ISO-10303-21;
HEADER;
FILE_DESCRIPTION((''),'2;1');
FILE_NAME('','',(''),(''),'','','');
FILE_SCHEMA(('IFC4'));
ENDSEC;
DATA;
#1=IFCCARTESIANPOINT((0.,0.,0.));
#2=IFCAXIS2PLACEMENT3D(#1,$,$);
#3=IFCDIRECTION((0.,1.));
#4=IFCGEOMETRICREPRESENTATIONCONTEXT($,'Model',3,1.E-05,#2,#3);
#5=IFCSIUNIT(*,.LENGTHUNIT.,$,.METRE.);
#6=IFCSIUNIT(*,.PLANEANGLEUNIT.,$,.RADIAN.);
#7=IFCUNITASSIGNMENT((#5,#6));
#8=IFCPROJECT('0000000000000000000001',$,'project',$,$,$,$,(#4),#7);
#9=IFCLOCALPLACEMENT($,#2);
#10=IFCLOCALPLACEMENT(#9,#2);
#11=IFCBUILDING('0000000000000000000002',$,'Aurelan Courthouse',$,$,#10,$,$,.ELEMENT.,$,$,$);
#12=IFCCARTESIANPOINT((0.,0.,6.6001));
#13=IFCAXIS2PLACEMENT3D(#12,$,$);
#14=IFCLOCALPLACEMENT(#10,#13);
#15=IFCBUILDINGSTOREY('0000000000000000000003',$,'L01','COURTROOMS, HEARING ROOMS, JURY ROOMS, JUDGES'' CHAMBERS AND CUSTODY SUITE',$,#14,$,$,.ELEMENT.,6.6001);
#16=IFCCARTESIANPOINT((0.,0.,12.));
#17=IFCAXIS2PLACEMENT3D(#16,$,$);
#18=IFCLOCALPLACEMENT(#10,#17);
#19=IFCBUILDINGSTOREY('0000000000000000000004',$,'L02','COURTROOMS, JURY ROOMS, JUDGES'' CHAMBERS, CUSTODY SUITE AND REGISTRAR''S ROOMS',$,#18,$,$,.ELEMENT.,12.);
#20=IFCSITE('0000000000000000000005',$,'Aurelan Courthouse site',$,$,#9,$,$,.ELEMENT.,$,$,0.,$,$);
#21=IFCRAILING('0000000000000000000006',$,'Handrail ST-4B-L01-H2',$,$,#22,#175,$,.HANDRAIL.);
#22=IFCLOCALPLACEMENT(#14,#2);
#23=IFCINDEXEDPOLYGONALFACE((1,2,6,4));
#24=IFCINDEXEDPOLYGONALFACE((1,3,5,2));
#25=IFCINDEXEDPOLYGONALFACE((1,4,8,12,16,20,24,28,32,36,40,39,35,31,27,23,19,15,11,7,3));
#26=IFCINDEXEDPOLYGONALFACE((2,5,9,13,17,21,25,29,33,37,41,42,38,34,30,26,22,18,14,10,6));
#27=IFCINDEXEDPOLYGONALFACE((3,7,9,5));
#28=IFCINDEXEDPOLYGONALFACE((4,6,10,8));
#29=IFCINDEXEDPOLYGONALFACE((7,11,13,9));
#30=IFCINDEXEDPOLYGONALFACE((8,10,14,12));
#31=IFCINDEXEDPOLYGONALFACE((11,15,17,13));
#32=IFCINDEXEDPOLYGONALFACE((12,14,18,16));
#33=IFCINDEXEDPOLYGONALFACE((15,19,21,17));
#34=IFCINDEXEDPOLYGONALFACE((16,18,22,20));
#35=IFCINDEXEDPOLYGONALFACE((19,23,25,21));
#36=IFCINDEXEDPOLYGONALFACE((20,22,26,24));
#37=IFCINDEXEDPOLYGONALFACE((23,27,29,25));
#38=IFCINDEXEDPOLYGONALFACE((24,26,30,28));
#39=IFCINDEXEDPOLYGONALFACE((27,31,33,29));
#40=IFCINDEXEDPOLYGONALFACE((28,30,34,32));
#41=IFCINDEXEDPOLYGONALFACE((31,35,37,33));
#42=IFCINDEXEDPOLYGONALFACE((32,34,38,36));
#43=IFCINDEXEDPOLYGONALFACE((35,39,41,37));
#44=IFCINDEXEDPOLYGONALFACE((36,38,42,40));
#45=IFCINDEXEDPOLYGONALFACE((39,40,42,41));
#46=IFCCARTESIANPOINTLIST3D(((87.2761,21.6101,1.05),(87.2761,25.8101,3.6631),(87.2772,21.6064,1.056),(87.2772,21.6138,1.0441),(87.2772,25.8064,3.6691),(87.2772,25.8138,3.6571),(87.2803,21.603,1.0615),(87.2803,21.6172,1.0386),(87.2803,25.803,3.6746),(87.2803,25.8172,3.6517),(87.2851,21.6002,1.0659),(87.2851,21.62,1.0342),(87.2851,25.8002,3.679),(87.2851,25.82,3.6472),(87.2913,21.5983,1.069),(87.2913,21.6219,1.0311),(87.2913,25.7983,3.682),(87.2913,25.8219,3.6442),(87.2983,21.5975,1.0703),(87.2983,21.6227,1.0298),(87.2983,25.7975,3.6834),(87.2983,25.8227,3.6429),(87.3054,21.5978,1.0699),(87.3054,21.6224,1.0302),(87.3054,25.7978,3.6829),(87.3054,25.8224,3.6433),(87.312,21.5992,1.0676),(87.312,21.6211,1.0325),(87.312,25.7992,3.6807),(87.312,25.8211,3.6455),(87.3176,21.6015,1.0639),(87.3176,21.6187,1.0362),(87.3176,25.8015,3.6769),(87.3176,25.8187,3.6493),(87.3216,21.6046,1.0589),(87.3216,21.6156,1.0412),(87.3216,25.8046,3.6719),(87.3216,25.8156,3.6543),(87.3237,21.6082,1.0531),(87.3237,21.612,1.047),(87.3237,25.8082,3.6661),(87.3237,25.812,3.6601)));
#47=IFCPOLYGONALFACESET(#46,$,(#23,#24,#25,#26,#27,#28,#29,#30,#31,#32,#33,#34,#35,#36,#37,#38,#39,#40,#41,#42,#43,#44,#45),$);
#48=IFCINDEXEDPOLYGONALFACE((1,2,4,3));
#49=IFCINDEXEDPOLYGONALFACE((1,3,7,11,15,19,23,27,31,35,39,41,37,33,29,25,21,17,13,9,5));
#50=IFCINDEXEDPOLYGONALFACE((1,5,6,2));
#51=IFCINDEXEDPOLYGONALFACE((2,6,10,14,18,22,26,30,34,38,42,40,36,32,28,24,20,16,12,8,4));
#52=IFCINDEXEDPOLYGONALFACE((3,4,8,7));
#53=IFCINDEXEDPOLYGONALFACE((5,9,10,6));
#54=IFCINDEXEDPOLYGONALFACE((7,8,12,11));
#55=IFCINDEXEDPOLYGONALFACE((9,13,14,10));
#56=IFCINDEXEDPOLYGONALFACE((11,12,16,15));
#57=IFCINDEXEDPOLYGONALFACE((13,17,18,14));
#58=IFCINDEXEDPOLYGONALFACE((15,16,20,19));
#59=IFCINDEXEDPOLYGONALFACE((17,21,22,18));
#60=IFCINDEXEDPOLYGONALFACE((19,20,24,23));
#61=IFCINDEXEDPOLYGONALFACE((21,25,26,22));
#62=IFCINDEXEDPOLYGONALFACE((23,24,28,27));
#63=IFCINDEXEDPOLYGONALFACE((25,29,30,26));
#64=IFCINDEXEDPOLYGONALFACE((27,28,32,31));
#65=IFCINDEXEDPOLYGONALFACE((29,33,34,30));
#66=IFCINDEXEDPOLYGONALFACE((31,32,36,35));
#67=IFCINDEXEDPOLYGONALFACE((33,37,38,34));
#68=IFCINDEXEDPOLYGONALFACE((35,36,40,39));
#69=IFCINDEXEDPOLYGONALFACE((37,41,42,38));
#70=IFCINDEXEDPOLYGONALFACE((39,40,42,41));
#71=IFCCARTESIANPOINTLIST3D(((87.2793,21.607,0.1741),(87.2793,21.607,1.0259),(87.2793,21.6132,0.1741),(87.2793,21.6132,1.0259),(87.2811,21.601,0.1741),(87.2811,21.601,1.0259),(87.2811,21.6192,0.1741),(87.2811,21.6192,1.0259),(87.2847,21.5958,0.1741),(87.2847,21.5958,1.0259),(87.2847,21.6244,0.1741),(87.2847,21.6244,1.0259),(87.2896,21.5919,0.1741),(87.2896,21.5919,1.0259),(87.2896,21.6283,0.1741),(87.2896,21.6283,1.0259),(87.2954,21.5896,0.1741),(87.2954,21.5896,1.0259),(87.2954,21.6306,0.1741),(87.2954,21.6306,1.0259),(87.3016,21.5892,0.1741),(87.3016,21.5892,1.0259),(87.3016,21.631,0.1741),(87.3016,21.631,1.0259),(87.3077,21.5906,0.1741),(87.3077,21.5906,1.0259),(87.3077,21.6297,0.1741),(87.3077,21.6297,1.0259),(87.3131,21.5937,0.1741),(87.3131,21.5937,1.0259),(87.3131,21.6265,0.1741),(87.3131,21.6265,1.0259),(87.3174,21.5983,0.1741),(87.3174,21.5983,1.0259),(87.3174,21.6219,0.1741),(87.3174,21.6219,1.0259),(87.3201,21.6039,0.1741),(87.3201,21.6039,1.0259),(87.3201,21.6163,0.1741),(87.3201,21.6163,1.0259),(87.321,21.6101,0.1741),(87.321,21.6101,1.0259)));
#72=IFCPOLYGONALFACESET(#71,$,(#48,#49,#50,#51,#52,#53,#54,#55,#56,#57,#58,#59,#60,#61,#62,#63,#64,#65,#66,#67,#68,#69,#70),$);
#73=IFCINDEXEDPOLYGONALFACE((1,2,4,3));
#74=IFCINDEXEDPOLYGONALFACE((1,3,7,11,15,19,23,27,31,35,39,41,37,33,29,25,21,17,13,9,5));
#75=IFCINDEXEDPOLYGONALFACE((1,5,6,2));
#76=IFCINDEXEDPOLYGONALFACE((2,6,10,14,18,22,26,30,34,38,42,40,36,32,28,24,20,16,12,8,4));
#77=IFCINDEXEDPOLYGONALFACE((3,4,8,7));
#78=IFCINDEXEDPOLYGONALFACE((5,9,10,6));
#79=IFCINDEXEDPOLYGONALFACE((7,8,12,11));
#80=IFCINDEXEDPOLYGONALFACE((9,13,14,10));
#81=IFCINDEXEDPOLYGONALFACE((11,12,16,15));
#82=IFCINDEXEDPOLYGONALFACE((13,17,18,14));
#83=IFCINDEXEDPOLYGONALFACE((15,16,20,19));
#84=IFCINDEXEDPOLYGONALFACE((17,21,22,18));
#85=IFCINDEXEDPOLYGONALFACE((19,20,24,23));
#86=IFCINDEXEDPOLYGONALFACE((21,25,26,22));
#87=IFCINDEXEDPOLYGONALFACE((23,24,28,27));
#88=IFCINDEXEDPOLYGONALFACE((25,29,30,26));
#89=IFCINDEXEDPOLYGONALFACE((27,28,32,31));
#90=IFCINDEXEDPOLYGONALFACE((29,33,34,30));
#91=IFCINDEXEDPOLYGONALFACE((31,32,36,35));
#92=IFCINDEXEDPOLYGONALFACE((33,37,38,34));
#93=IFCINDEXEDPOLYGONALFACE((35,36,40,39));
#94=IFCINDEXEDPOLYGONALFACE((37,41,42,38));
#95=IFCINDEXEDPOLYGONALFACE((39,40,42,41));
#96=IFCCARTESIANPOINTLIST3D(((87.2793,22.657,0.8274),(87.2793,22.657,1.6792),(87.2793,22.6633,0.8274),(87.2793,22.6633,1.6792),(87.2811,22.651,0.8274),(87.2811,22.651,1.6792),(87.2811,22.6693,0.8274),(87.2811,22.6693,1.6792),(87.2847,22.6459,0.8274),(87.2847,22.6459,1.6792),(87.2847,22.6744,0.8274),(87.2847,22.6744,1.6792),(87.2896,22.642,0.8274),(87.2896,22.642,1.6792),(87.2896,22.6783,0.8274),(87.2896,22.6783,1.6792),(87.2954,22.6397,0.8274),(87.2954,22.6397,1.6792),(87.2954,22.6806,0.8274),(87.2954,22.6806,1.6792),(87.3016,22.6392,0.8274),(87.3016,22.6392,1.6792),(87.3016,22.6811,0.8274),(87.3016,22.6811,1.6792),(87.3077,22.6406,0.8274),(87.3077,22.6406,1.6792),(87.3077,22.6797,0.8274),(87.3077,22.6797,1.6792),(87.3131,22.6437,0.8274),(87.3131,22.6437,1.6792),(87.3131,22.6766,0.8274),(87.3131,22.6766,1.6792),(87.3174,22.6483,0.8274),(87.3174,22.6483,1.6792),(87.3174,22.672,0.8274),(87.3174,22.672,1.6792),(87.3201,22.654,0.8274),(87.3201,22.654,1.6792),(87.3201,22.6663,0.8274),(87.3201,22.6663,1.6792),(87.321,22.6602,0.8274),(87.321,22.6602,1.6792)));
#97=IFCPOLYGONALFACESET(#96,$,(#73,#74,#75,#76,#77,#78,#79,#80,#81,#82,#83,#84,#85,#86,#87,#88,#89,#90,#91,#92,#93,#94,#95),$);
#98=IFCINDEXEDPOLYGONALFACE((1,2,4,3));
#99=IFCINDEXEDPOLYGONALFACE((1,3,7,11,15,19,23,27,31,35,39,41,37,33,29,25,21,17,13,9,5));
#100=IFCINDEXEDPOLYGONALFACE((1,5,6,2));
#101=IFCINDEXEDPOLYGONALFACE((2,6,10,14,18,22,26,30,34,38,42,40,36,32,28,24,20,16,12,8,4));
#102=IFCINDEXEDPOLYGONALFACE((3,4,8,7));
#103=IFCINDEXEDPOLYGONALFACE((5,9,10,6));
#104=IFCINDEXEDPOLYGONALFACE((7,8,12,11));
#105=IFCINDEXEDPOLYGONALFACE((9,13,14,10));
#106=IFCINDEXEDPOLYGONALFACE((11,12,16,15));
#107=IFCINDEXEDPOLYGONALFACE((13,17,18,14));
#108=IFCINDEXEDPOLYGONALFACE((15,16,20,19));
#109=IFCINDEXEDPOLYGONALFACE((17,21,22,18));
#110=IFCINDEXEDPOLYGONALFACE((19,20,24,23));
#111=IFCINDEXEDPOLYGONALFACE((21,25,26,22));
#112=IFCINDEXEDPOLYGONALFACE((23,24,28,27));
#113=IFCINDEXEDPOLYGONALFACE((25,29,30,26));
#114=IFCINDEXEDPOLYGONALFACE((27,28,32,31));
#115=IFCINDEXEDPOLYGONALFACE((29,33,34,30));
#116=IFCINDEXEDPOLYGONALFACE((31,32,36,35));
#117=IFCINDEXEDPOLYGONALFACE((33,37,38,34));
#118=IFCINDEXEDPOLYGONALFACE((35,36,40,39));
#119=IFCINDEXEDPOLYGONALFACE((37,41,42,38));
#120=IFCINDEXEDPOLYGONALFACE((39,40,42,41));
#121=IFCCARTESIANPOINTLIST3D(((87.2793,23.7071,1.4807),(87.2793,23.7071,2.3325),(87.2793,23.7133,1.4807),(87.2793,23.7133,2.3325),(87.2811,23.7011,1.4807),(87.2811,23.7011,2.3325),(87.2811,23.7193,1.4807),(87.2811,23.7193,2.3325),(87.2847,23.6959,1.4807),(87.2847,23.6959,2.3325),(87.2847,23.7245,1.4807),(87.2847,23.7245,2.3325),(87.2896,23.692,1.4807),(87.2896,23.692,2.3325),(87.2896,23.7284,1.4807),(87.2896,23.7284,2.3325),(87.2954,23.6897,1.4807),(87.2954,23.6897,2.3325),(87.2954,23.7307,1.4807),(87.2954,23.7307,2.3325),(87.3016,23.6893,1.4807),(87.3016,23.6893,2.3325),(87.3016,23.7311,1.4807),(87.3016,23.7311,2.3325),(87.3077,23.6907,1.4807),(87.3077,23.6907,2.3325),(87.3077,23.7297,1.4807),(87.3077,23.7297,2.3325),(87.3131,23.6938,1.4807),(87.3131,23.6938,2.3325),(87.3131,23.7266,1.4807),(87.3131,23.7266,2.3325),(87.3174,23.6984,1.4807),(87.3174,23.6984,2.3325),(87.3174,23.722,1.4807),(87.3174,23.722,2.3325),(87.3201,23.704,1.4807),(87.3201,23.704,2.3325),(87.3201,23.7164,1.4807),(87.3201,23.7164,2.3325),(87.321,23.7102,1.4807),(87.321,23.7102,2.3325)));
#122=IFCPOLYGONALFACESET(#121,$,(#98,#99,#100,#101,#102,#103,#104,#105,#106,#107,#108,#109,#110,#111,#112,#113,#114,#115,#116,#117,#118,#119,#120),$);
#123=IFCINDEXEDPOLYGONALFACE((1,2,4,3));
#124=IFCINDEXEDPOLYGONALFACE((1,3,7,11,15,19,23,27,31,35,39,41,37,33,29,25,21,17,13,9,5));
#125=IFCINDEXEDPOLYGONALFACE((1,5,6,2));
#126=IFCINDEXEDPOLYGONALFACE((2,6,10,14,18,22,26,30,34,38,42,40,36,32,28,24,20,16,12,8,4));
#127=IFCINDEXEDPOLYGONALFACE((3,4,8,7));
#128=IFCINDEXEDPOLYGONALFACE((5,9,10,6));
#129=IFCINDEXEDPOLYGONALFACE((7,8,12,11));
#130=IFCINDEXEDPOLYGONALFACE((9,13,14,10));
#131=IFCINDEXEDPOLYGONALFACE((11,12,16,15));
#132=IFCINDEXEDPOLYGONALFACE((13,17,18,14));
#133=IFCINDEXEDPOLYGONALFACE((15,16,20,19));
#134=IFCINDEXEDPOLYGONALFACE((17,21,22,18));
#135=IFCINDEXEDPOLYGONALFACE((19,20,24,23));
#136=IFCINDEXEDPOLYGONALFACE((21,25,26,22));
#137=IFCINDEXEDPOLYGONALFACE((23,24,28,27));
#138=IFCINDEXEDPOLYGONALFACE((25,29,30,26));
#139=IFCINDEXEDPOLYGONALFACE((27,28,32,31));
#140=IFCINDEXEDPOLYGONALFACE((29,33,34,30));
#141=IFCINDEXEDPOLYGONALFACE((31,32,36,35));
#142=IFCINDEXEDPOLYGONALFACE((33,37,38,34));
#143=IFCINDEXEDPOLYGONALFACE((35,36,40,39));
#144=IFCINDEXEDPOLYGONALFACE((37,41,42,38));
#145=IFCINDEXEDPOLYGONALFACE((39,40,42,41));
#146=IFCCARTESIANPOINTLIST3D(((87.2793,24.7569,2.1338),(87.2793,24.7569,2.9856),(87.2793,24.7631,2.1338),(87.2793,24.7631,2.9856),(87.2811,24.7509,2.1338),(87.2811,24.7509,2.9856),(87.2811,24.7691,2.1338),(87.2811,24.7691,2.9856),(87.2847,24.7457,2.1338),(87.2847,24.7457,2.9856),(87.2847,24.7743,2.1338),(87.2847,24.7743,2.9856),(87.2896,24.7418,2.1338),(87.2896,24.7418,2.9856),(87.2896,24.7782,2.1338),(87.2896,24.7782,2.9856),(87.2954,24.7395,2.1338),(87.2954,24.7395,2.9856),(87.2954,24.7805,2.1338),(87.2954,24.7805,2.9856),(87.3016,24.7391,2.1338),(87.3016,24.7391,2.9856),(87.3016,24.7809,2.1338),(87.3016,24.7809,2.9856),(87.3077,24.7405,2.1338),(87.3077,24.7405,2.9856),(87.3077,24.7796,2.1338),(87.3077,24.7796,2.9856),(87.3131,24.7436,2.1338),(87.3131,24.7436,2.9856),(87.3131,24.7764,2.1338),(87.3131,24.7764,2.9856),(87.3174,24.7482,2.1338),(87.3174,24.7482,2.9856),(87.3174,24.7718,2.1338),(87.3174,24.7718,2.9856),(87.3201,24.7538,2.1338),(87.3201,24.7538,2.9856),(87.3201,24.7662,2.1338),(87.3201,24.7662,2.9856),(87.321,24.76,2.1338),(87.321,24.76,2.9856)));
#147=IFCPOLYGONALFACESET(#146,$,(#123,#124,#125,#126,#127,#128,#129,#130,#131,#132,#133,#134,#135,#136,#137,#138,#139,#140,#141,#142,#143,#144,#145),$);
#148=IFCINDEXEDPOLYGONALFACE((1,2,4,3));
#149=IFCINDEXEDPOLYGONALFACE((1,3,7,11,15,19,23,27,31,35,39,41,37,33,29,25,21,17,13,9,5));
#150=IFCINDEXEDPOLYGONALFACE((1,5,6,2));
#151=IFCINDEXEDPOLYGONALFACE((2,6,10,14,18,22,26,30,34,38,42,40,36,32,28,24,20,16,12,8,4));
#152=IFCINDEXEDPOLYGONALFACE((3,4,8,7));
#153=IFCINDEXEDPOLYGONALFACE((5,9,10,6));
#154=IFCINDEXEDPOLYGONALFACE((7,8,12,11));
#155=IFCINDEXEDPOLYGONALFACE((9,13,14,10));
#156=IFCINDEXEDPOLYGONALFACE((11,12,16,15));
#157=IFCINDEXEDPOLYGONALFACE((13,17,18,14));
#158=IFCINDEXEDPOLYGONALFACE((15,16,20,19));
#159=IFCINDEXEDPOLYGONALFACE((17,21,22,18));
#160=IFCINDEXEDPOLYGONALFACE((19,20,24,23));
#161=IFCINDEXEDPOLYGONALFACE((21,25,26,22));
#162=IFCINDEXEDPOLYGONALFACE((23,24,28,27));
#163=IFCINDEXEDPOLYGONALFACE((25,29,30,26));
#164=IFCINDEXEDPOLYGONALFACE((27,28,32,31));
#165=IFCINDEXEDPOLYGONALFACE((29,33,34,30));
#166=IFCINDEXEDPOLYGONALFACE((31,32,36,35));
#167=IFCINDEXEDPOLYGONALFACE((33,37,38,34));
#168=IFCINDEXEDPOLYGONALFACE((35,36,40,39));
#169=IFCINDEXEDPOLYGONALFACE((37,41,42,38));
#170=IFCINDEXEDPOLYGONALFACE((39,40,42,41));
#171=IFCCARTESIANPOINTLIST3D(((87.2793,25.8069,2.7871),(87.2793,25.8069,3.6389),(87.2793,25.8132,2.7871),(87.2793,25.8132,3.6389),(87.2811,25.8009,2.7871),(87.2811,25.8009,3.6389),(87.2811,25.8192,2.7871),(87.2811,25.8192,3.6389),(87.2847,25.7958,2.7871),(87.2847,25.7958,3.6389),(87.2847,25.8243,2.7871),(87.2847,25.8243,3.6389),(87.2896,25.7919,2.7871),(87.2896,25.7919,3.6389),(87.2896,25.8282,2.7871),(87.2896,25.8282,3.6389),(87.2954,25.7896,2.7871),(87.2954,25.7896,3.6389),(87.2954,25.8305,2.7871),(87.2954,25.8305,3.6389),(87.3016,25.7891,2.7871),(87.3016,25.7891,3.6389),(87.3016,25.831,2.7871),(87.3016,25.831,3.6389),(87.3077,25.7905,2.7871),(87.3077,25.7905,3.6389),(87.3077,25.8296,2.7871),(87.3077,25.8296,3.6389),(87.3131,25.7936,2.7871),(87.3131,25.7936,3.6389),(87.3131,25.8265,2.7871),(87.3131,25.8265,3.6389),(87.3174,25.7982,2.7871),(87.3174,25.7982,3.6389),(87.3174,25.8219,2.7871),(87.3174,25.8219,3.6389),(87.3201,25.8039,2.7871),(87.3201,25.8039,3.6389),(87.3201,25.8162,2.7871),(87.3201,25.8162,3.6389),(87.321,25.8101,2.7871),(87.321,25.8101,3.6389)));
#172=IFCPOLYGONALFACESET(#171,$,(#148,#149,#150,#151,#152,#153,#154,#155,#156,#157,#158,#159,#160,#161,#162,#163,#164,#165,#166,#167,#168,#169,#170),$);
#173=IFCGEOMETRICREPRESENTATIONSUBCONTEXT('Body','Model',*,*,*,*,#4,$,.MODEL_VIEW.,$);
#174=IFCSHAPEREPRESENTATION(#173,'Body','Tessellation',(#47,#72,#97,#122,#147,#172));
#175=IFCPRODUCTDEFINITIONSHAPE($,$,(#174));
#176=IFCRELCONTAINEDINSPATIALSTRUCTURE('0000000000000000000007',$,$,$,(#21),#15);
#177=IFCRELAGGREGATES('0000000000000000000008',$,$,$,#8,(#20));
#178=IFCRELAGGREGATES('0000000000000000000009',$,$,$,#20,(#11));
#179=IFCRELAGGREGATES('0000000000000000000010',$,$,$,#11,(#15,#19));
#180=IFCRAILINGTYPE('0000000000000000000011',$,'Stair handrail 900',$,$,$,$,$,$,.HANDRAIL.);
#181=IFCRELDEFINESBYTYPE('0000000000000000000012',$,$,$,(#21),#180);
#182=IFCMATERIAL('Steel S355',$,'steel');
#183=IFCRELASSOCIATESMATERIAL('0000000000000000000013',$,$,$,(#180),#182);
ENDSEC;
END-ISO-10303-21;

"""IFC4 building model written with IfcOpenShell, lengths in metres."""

from ifc_helpers import new_model, si_unit, direction, frame, origin, origin_2d, place, context, subcontext, project, spatial, circle, extrude, material, type_object, element, save


model = new_model("IFC4")

# Units and contexts
model_context = context("Model", 3, precision=1e-05, world=origin(), true_north=direction((0.0, 1.0)))
body_context = subcontext(model_context, "Body", "Model", "MODEL_VIEW")
ifc_project = project(units=[si_unit("LENGTHUNIT", "METRE"), si_unit("PLANEANGLEUNIT", "RADIAN")], contexts=[model_context])

# Site, building, storey
site_placement = place(None, origin())
site = spatial("IfcSite", under=ifc_project, at=site_placement, Name="Aurelan Courthouse site", CompositionType="ELEMENT", RefElevation=0.0)
building_placement = place(site_placement, origin())
building = spatial("IfcBuilding", under=site, at=building_placement, Name="Aurelan Courthouse", CompositionType="ELEMENT")
storey_1_placement = place(building_placement, frame((0.0, 0.0, 6.6001)))
storey_1 = spatial("IfcBuildingStorey", under=building, at=storey_1_placement, Name="L01", Description="COURTROOMS, HEARING ROOMS, JURY ROOMS, JUDGES' CHAMBERS AND CUSTODY SUITE", CompositionType="ELEMENT", Elevation=6.6001)

# Shared definitions
storey_2_placement = place(building_placement, frame((0.0, 0.0, 12.0)))
storey_2 = spatial("IfcBuildingStorey", under=building, at=storey_2_placement, Name="L02", Description="COURTROOMS, JURY ROOMS, JUDGES' CHAMBERS, CUSTODY SUITE AND REGISTRAR'S ROOMS", CompositionType="ELEMENT", Elevation=12.0)

# Railing
ifc_material_1 = material(Name="Steel S355", Category="steel")
railing_type_1 = type_object("IfcRailingType", Name="Stair handrail 900", PredefinedType="HANDRAIL", material=ifc_material_1)
for number, where, name in (
    (1, (87.3, 21.6101, 0.1741), "Handrail ST-4B-L01-H2"),
):
    element("IfcRailing", number, at=place(storey_1_placement, frame(where)), inside=storey_1, type_object=railing_type_1, Name=name, PredefinedType="HANDRAIL", context=body_context, shape_type="SweptSolid", body=[
        extrude(circle(Radius=0.0239, at=origin_2d()), frame((0.0, 0.0, 0.876), z_axis=(0.0, 0.849081, 0.528263), x_axis=(-1.0, 0.0, 0.0)), (0.0, 0.0, 1.0), 4.9465),
        extrude(circle(Radius=0.021, at=origin_2d()), origin(), (0.0, 0.0, 1.0), 0.8518),
        extrude(circle(Radius=0.021, at=origin_2d()), frame((0.0, 1.05, 0.6533)), (0.0, 0.0, 1.0), 0.8518),
        extrude(circle(Radius=0.021, at=origin_2d()), frame((0.0, 2.1001, 1.3066)), (0.0, 0.0, 1.0), 0.8518),
        extrude(circle(Radius=0.021, at=origin_2d()), frame((0.0, 3.1499, 1.9597)), (0.0, 0.0, 1.0), 0.8518),
        extrude(circle(Radius=0.021, at=origin_2d()), frame((0.0, 4.2, 2.613)), (0.0, 0.0, 1.0), 0.8518),
    ])

save(model, "model.ifc")
